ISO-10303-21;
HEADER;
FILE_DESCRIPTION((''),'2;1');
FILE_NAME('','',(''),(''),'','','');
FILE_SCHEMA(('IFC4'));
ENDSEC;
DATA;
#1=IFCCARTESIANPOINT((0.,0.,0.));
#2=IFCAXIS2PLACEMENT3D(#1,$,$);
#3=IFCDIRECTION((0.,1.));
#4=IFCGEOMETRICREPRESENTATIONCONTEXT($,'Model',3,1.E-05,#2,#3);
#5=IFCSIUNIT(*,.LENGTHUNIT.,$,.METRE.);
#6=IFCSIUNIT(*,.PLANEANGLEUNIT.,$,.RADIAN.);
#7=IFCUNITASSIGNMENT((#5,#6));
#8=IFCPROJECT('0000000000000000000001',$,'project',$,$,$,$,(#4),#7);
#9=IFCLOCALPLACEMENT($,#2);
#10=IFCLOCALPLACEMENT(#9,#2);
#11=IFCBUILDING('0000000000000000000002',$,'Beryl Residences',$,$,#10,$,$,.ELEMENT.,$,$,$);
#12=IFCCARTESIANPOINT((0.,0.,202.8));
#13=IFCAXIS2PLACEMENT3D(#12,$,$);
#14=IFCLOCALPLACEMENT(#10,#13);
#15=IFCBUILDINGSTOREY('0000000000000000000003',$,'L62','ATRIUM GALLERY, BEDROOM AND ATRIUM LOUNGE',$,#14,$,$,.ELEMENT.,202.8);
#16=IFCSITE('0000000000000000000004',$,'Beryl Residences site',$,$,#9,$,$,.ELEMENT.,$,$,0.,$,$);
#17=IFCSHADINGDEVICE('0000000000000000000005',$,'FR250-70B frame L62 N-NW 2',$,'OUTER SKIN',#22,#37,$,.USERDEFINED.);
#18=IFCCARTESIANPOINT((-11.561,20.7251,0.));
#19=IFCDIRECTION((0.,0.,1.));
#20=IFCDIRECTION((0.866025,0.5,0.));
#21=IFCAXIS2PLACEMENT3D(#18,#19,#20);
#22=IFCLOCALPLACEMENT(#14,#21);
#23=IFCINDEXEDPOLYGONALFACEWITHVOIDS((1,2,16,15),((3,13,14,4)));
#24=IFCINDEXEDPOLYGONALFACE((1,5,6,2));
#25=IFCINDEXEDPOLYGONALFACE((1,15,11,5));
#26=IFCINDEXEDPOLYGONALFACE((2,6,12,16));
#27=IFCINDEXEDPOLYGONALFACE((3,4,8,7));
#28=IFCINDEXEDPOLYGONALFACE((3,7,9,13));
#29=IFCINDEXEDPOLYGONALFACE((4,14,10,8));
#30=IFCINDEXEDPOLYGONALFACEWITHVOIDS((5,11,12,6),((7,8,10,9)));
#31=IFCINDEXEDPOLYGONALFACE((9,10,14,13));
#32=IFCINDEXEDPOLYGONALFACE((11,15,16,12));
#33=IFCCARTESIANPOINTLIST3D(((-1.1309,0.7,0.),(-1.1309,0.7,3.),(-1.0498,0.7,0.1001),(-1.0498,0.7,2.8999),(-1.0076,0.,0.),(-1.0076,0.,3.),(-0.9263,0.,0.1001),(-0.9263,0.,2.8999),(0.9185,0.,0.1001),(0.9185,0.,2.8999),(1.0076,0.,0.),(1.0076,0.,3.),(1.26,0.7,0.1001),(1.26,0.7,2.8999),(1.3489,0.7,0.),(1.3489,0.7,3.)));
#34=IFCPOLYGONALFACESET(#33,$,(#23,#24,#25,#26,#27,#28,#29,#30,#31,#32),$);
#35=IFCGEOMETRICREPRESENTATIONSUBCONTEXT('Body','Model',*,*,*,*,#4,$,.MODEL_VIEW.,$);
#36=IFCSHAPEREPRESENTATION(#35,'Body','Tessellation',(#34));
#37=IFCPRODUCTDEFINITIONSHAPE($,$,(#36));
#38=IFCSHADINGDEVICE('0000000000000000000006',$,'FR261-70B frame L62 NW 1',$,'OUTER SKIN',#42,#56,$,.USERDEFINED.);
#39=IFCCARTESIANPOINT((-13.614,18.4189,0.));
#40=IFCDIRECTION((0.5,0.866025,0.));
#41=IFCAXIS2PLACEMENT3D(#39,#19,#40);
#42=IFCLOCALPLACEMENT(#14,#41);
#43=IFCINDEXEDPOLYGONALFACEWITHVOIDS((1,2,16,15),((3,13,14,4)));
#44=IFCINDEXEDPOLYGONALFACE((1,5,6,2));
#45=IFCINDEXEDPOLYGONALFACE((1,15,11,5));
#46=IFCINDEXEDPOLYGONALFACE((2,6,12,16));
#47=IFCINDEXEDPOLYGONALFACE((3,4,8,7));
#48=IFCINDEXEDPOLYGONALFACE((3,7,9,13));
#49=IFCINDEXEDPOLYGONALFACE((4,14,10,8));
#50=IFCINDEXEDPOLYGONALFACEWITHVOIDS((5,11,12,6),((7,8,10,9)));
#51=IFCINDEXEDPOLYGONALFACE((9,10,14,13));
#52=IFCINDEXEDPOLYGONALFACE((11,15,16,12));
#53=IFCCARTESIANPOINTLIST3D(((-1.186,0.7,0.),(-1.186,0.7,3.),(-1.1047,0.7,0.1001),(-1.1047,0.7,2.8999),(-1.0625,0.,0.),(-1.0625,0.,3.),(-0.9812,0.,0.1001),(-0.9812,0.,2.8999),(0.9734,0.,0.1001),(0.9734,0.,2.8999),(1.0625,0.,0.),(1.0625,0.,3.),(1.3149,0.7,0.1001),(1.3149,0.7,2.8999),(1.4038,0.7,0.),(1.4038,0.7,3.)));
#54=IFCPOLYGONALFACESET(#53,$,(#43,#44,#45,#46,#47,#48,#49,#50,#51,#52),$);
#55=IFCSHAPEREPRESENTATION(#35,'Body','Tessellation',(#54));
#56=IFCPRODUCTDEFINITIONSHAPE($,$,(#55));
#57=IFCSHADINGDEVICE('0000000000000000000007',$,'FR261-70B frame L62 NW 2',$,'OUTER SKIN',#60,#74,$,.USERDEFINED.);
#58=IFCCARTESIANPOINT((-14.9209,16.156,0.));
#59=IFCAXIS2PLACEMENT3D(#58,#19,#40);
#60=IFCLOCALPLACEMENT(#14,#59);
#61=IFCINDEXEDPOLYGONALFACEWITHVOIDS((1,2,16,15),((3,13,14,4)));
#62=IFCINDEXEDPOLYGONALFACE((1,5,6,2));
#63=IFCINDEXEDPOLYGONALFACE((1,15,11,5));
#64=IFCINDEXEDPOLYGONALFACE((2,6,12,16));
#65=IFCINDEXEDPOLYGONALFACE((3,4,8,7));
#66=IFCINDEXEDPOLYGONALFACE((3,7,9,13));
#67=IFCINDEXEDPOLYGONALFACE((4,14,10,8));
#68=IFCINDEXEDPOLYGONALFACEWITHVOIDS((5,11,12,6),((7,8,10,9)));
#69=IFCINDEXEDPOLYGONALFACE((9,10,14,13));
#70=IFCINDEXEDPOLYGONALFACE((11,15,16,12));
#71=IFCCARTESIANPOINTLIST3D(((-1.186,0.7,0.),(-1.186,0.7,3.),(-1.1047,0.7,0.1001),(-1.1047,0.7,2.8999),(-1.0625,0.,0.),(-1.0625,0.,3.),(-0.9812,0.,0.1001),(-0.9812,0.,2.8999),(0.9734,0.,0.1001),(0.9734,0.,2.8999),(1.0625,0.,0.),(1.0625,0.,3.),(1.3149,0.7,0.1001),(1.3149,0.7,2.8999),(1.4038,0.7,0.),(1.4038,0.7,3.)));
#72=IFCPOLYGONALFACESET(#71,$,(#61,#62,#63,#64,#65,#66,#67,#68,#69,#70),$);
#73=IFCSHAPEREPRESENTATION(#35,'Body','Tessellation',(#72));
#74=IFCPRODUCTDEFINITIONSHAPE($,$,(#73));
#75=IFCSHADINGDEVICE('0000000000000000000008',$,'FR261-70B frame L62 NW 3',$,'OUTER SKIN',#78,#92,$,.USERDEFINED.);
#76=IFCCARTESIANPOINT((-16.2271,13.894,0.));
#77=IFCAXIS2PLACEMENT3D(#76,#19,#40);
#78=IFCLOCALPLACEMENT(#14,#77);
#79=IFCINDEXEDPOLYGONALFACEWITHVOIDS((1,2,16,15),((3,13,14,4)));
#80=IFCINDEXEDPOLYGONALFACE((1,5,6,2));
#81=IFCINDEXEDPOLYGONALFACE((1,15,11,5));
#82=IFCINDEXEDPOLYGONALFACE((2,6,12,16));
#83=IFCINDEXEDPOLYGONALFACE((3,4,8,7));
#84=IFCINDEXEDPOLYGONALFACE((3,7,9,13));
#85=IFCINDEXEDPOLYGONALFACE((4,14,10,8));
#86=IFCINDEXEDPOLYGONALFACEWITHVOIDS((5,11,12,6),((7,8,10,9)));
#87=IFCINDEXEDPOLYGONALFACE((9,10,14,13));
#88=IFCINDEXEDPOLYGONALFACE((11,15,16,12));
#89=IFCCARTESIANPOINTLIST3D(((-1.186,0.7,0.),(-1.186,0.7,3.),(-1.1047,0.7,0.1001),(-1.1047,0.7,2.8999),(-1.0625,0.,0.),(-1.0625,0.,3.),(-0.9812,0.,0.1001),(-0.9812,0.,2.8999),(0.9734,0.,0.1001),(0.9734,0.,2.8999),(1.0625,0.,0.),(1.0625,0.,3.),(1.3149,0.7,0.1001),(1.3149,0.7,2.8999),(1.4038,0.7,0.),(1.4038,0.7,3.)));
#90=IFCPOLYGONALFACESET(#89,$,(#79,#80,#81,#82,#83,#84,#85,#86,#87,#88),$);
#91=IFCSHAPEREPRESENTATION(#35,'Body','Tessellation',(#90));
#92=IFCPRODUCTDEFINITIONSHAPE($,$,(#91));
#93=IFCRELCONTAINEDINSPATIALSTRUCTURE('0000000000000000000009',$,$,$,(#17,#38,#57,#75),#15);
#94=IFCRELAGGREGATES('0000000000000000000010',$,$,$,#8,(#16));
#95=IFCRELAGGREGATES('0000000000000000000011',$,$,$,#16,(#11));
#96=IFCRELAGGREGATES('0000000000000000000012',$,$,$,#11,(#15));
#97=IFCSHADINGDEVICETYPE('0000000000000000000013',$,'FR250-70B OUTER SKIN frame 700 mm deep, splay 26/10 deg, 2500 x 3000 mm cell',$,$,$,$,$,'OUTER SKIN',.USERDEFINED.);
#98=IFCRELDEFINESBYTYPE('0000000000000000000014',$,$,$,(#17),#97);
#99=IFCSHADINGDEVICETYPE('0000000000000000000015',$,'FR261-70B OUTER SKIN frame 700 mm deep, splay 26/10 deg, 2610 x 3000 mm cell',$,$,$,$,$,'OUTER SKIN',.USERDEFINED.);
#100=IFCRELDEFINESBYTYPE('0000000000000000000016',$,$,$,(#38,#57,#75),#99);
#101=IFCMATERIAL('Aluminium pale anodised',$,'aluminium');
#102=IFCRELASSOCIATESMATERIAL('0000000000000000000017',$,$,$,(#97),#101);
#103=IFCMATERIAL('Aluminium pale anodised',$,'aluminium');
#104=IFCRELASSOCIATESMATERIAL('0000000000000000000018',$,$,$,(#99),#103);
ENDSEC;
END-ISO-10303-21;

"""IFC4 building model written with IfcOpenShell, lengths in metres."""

from ifc_helpers import new_model, entity, si_unit, direction, frame, origin, place, context, subcontext, project, spatial, source, transform, mapped, material, type_object, type_shapes, element, save


model = new_model("IFC4")

# Units and contexts
model_context = context("Model", 3, precision=1e-05, world=origin(), true_north=direction((0.0, 1.0)))
body_context = subcontext(model_context, "Body", "Model", "MODEL_VIEW")
ifc_project = project(units=[si_unit("LENGTHUNIT", "METRE"), si_unit("PLANEANGLEUNIT", "RADIAN")], contexts=[model_context])

# Site, building, storey
site_placement = place(None, origin())
site = spatial("IfcSite", under=ifc_project, at=site_placement, Name="Beryl Residences site", CompositionType="ELEMENT", RefElevation=0.0)
building_placement = place(site_placement, origin())
building = spatial("IfcBuilding", under=site, at=building_placement, Name="Beryl Residences", CompositionType="ELEMENT")
storey_placement = place(building_placement, frame((0.0, 0.0, 202.8)))
storey = spatial("IfcBuildingStorey", under=building, at=storey_placement, Name="L62", Description="ATRIUM GALLERY, BEDROOM AND ATRIUM LOUNGE", CompositionType="ELEMENT", Elevation=202.8)

# Shading devices
ifc_material_1 = material(Name="Aluminium pale anodised", Category="aluminium")
shading_device_type_1 = type_object("IfcShadingDeviceType", Name="FR250-70B OUTER SKIN frame 700 mm deep, splay 26/10 deg, 2500 x 3000 mm cell", ElementType="OUTER SKIN", PredefinedType="USERDEFINED", material=ifc_material_1)
cartesian_point_1 = entity("IfcCartesianPoint", [-1.0076, 0.0])
cartesian_point_2 = entity("IfcCartesianPoint", [-0.9185, 0.1001])
cartesian_point_3 = entity("IfcCartesianPoint", [-1.3489, 0.0])
cartesian_point_4 = entity("IfcCartesianPoint", [-1.26, 0.1001])
shared_shape_1 = source(origin(), body_context, "Body", "SweptSolid", [
    entity("IfcExtrudedAreaSolidTapered", entity("IfcArbitraryProfileDefWithVoids", "AREA", None, entity("IfcPolyline", [cartesian_point_1, entity("IfcCartesianPoint", [1.0076, 0.0]), entity("IfcCartesianPoint", [1.0076, 3.0]), entity("IfcCartesianPoint", [-1.0076, 3.0]), cartesian_point_1]), [entity("IfcPolyline", [cartesian_point_2, entity("IfcCartesianPoint", [0.9263, 0.1001]), entity("IfcCartesianPoint", [0.9263, 2.8999]), entity("IfcCartesianPoint", [-0.9185, 2.8999]), cartesian_point_2])]), entity("IfcAxis2Placement3D", entity("IfcCartesianPoint", [0.0, 0.0, 0.0]), entity("IfcDirection", [0.0, 1.0, 0.0]), entity("IfcDirection", [-1.0, 0.0, 0.0])), entity("IfcDirection", [0.0, 0.0, 1.0]), 0.7, entity("IfcArbitraryProfileDefWithVoids", "AREA", None, entity("IfcPolyline", [cartesian_point_3, entity("IfcCartesianPoint", [1.1309, 0.0]), entity("IfcCartesianPoint", [1.1309, 3.0]), entity("IfcCartesianPoint", [-1.3489, 3.0]), cartesian_point_3]), [entity("IfcPolyline", [cartesian_point_4, entity("IfcCartesianPoint", [1.0498, 0.1001]), entity("IfcCartesianPoint", [1.0498, 2.8999]), entity("IfcCartesianPoint", [-1.26, 2.8999]), cartesian_point_4])])),
])
type_shapes(shading_device_type_1, [shared_shape_1])
shading_device_placement = place(storey_placement, frame((-11.561, 20.7251, 0.0), z_axis=(0.0, 0.0, 1.0), x_axis=(0.866025, 0.5, 0.0)))
element("IfcShadingDevice", 1, at=shading_device_placement, inside=storey, type_object=shading_device_type_1, Name="FR250-70B frame L62 N-NW 2", ObjectType="OUTER SKIN", PredefinedType="USERDEFINED", context=body_context, shape_type="MappedRepresentation", body=[
    mapped(shared_shape_1, transform((0.0, 0.0, 0.0))),
])
ifc_material_2 = material(Name="Aluminium pale anodised", Category="aluminium")
shading_device_type_2 = type_object("IfcShadingDeviceType", Name="FR261-70B OUTER SKIN frame 700 mm deep, splay 26/10 deg, 2610 x 3000 mm cell", ElementType="OUTER SKIN", PredefinedType="USERDEFINED", material=ifc_material_2)
cartesian_point_5 = entity("IfcCartesianPoint", [-1.0625, 0.0])
cartesian_point_6 = entity("IfcCartesianPoint", [-0.9734, 0.1001])
cartesian_point_7 = entity("IfcCartesianPoint", [-1.4038, 0.0])
cartesian_point_8 = entity("IfcCartesianPoint", [-1.3149, 0.1001])
shared_shape_2 = source(origin(), body_context, "Body", "SweptSolid", [
    entity("IfcExtrudedAreaSolidTapered", entity("IfcArbitraryProfileDefWithVoids", "AREA", None, entity("IfcPolyline", [cartesian_point_5, entity("IfcCartesianPoint", [1.0625, 0.0]), entity("IfcCartesianPoint", [1.0625, 3.0]), entity("IfcCartesianPoint", [-1.0625, 3.0]), cartesian_point_5]), [entity("IfcPolyline", [cartesian_point_6, entity("IfcCartesianPoint", [0.9812, 0.1001]), entity("IfcCartesianPoint", [0.9812, 2.8999]), entity("IfcCartesianPoint", [-0.9734, 2.8999]), cartesian_point_6])]), entity("IfcAxis2Placement3D", entity("IfcCartesianPoint", [0.0, 0.0, 0.0]), entity("IfcDirection", [0.0, 1.0, 0.0]), entity("IfcDirection", [-1.0, 0.0, 0.0])), entity("IfcDirection", [0.0, 0.0, 1.0]), 0.7, entity("IfcArbitraryProfileDefWithVoids", "AREA", None, entity("IfcPolyline", [cartesian_point_7, entity("IfcCartesianPoint", [1.186, 0.0]), entity("IfcCartesianPoint", [1.186, 3.0]), entity("IfcCartesianPoint", [-1.4038, 3.0]), cartesian_point_7]), [entity("IfcPolyline", [cartesian_point_8, entity("IfcCartesianPoint", [1.1047, 0.1001]), entity("IfcCartesianPoint", [1.1047, 2.8999]), entity("IfcCartesianPoint", [-1.3149, 2.8999]), cartesian_point_8])])),
])
type_shapes(shading_device_type_2, [shared_shape_2])
for number, where, z_axis, x_axis, name in (
    (2, (-13.614, 18.4189, 0.0), (0.0, 0.0, 1.0), (0.5, 0.866025, 0.0), "FR261-70B frame L62 NW 1"),
    (3, (-14.9209, 16.156, 0.0), (0.0, 0.0, 1.0), (0.5, 0.866025, 0.0), "FR261-70B frame L62 NW 2"),
    (4, (-16.2271, 13.894, 0.0), (0.0, 0.0, 1.0), (0.5, 0.866025, 0.0), "FR261-70B frame L62 NW 3"),
):
    element("IfcShadingDevice", number, at=place(storey_placement, frame(where, z_axis=z_axis, x_axis=x_axis)), inside=storey, type_object=shading_device_type_2, Name=name, ObjectType="OUTER SKIN", PredefinedType="USERDEFINED", context=body_context, shape_type="MappedRepresentation", body=[
        mapped(shared_shape_2, transform((0.0, 0.0, 0.0))),
    ])

save(model, "model.ifc")
